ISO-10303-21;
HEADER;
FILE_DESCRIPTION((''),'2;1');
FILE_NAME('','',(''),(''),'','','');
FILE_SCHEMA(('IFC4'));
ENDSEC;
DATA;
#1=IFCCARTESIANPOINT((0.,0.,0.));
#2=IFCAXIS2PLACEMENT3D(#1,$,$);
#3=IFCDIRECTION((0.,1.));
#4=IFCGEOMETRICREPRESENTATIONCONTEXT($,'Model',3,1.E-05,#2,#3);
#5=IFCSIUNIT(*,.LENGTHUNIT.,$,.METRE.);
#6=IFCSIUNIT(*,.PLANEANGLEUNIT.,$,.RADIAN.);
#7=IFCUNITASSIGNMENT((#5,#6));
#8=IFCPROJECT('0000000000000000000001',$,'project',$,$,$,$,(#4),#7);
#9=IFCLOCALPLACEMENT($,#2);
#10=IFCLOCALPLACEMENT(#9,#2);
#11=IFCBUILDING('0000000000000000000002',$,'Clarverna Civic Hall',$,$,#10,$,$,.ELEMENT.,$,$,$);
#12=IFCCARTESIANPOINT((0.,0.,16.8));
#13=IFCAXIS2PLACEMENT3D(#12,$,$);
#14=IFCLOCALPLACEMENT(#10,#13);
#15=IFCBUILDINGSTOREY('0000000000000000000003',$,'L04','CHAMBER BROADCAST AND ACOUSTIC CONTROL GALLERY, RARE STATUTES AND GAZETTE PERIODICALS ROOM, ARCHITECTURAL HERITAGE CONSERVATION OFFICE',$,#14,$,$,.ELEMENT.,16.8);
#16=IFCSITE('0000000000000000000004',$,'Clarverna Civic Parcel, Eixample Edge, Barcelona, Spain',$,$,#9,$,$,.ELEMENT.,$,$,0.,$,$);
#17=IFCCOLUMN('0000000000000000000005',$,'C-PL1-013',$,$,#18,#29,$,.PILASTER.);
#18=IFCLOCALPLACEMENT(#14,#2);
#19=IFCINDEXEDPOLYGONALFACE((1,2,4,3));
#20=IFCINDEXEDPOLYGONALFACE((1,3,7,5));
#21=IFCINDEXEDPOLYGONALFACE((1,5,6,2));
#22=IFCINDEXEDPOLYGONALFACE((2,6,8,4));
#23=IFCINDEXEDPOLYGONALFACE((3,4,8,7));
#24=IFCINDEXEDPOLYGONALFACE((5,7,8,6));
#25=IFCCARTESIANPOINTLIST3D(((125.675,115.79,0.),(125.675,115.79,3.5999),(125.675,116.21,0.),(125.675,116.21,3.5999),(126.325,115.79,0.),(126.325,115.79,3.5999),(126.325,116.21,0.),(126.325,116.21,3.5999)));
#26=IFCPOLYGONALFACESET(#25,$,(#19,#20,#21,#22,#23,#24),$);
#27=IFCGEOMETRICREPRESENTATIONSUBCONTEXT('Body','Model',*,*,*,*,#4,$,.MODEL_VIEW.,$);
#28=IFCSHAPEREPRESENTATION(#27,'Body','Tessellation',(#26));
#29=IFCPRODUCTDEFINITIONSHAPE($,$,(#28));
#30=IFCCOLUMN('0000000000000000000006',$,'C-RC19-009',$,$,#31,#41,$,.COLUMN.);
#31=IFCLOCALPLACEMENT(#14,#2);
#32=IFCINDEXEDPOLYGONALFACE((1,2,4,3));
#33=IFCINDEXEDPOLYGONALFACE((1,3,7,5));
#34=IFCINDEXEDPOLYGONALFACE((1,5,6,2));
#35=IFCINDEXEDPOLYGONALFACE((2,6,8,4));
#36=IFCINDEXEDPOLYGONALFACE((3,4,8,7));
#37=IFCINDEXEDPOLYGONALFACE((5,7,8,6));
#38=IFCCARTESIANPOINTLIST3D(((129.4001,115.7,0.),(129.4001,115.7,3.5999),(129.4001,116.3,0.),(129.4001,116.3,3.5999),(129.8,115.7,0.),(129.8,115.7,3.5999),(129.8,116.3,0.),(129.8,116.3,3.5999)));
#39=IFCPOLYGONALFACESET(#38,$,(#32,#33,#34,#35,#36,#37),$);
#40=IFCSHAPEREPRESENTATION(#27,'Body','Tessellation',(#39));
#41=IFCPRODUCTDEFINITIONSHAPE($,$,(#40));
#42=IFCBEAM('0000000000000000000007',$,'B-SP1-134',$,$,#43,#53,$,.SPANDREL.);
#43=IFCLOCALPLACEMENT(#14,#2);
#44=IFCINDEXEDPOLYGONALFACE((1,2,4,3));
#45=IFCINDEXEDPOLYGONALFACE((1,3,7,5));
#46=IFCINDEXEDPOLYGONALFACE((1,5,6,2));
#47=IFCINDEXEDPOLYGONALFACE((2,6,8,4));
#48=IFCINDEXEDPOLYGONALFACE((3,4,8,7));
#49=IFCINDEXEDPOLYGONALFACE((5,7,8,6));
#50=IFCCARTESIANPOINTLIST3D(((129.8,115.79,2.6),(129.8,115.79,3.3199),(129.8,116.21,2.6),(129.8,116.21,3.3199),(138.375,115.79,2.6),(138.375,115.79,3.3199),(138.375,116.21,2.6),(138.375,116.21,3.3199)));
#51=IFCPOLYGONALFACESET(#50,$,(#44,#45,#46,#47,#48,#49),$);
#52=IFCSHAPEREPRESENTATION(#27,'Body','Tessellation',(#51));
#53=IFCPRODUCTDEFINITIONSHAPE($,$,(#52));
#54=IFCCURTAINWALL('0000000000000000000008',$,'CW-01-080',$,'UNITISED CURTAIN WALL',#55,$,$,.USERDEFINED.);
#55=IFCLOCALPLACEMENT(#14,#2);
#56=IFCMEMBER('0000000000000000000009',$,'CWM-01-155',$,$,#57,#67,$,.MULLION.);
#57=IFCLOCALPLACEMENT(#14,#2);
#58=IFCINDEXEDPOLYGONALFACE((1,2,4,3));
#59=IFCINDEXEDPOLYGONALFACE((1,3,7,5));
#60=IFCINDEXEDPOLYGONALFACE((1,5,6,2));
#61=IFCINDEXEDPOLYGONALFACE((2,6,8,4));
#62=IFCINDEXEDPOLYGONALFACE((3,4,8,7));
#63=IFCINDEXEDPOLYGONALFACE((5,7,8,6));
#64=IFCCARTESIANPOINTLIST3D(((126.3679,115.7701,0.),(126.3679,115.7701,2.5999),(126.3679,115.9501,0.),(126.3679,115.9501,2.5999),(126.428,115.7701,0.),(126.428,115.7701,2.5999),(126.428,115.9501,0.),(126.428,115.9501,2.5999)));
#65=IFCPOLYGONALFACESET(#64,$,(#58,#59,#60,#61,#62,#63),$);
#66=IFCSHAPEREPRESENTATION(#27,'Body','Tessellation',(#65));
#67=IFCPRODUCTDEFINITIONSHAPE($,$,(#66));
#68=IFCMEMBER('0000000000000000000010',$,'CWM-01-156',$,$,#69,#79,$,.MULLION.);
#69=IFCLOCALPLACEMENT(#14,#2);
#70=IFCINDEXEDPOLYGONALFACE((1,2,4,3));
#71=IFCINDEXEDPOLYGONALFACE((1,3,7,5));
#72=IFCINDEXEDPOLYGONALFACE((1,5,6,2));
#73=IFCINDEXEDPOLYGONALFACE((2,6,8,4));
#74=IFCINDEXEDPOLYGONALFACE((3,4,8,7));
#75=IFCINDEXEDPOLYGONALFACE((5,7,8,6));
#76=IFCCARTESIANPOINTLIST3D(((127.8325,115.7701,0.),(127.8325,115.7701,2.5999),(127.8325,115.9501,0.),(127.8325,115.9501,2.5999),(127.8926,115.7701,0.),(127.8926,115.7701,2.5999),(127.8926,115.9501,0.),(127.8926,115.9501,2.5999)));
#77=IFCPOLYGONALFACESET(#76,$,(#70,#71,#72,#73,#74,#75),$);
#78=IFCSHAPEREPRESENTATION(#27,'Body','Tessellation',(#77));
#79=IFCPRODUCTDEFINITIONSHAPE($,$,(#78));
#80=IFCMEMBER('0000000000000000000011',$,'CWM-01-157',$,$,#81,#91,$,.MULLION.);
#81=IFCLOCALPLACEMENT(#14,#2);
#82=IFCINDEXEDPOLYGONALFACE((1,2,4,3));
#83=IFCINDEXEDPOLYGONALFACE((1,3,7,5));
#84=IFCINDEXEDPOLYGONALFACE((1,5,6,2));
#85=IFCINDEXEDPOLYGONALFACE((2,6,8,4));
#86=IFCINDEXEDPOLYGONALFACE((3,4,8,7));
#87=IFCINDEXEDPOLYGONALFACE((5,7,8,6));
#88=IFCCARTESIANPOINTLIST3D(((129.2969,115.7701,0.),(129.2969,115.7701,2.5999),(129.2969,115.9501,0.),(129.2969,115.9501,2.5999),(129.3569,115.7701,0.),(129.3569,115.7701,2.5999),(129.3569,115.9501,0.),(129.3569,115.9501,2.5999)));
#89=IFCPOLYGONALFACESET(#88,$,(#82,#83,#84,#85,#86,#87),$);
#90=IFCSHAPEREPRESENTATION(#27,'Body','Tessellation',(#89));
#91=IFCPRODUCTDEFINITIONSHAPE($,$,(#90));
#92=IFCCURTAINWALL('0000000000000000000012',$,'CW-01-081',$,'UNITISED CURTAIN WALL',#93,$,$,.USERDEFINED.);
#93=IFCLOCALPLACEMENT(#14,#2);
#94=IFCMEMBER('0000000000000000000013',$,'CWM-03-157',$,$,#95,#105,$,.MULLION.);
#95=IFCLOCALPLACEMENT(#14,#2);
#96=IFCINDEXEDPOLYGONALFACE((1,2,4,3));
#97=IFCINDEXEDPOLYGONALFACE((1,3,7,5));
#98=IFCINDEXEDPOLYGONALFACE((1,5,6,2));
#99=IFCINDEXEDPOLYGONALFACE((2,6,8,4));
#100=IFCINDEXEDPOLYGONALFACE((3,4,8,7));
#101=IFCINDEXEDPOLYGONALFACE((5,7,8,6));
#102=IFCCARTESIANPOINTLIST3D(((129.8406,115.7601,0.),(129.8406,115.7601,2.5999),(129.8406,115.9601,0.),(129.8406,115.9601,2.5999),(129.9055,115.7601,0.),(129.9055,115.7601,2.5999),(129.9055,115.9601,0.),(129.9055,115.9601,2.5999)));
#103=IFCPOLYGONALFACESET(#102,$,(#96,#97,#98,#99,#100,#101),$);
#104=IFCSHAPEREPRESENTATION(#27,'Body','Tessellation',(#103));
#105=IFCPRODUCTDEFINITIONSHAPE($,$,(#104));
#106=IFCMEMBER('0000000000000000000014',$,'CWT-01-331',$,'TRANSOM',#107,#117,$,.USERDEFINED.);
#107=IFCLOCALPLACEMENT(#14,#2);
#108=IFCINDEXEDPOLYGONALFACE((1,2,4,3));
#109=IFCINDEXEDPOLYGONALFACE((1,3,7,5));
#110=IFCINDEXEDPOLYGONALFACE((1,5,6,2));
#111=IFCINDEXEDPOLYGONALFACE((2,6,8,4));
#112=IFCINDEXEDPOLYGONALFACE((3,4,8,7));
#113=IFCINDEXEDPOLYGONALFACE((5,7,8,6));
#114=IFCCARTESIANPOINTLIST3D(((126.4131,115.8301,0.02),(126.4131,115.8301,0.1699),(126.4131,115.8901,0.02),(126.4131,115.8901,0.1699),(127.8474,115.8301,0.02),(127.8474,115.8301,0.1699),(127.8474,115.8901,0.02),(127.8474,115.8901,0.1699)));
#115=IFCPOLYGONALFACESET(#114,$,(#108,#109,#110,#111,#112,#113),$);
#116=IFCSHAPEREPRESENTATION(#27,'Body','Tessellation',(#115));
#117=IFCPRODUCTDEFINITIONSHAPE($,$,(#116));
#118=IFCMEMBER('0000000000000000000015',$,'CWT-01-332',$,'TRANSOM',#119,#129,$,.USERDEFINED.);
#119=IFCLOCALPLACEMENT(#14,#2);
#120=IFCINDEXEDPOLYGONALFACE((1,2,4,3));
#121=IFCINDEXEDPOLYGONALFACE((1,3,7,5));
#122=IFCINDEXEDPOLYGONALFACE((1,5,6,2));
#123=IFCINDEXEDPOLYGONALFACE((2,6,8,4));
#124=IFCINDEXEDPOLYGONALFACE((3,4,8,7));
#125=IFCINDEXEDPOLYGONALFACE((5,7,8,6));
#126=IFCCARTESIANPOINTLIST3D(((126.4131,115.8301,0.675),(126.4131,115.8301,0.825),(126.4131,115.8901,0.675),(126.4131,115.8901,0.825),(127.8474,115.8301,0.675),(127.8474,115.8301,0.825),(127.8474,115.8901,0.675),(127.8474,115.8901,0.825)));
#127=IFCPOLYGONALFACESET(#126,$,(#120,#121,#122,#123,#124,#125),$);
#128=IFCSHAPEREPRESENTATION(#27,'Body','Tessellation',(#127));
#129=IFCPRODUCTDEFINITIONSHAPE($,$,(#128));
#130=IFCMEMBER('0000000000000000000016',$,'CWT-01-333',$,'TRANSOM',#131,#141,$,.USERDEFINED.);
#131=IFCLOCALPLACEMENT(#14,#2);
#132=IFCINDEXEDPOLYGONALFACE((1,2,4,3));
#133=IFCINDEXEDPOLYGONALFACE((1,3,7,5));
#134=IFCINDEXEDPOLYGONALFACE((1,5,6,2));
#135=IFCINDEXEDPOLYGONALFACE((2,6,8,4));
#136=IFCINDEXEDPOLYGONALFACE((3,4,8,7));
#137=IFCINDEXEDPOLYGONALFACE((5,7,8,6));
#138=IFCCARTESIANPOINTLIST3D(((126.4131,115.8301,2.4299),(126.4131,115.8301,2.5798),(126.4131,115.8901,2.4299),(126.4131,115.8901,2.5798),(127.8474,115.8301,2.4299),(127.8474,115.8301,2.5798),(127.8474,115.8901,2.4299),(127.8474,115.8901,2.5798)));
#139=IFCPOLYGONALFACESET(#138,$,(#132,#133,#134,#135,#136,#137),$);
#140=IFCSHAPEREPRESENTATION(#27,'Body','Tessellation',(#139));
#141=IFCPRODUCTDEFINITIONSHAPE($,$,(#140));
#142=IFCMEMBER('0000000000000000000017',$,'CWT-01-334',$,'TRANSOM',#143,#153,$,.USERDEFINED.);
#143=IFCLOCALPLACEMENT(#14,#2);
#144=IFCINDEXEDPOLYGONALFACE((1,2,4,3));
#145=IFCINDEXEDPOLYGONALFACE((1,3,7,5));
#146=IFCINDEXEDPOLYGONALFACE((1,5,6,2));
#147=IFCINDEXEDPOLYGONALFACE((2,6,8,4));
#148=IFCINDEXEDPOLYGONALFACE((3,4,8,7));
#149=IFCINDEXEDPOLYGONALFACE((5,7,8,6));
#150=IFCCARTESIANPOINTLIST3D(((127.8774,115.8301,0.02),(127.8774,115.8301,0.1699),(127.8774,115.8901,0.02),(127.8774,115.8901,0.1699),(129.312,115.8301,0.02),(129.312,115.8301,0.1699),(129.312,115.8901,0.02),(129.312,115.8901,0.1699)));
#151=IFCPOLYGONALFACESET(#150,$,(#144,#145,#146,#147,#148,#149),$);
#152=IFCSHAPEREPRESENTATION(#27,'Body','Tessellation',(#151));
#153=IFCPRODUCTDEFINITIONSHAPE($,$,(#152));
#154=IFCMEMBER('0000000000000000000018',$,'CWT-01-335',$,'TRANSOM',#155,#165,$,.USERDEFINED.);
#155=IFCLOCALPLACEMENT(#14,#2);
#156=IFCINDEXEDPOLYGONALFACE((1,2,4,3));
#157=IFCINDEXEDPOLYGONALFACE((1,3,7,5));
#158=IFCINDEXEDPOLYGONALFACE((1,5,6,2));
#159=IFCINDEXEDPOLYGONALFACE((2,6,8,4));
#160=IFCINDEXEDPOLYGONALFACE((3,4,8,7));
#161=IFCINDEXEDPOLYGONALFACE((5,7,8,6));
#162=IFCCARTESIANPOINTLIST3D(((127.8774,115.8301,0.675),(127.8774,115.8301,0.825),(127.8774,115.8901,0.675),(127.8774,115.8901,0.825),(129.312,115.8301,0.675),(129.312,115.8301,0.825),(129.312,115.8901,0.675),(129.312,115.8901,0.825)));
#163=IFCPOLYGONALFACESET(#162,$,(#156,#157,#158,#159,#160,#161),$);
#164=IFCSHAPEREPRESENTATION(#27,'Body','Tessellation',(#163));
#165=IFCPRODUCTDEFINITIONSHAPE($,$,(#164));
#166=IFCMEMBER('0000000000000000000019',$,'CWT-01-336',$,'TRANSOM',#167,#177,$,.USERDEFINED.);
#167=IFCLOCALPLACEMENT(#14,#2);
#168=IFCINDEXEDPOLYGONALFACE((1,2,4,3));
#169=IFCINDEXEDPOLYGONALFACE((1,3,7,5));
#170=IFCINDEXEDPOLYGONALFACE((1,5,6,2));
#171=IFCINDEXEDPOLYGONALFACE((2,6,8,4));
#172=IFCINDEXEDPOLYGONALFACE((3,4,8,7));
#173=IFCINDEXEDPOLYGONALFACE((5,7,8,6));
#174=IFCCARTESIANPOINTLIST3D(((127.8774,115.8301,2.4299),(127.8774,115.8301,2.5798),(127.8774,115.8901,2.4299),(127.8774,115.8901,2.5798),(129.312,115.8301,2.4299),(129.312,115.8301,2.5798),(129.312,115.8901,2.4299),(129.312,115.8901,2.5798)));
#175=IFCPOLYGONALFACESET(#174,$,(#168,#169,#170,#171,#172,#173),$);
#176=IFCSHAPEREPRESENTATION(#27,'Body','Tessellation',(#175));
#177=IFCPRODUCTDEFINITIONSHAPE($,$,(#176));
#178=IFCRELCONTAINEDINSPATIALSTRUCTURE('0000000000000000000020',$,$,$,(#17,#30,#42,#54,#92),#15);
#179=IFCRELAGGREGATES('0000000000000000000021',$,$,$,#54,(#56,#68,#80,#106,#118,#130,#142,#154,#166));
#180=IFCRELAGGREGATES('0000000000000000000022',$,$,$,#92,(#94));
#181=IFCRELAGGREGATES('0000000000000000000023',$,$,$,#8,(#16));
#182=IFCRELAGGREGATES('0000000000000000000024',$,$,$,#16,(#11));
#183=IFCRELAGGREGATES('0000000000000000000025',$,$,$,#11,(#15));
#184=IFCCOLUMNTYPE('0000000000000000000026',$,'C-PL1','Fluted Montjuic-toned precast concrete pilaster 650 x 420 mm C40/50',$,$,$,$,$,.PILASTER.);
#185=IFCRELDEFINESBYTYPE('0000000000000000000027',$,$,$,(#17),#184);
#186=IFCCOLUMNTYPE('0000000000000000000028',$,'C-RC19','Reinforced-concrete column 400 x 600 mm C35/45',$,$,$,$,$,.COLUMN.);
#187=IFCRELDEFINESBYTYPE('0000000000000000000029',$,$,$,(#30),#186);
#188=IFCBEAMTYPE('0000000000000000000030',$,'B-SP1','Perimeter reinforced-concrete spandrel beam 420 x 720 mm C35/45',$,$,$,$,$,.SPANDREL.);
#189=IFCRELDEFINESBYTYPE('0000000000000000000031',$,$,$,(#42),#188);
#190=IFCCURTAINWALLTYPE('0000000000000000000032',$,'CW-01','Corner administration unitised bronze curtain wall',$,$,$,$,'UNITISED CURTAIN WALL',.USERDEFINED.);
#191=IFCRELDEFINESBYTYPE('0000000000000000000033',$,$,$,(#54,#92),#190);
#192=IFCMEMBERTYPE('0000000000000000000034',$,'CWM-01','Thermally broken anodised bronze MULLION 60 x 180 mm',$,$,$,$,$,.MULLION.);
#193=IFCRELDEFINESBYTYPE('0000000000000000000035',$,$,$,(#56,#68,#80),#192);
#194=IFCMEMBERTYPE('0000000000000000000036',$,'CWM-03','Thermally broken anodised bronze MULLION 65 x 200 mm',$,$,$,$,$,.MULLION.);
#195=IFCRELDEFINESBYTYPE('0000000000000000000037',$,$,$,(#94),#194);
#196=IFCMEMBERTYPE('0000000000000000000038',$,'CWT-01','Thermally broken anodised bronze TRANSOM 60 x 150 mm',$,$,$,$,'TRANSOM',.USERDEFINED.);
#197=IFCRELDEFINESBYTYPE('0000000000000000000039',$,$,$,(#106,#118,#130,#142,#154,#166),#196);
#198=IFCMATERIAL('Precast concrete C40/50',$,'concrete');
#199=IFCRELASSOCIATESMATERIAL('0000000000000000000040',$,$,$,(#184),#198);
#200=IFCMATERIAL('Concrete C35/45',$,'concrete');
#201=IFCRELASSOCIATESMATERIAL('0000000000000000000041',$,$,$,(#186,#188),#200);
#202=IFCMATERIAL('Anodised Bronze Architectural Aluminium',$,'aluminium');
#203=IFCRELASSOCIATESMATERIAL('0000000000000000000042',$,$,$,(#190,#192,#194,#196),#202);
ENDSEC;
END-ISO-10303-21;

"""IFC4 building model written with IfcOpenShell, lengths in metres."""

from ifc_helpers import new_model, si_unit, direction, frame, origin, origin_2d, place, context, subcontext, project, spatial, rectangle, extrude, material, material_profile, profile_set, type_object, element, aggregate, save


model = new_model("IFC4")

# Units and contexts
model_context = context("Model", 3, precision=1e-05, world=origin(), true_north=direction((0.0, 1.0)))
body_context = subcontext(model_context, "Body", "Model", "MODEL_VIEW")
ifc_project = project(units=[si_unit("LENGTHUNIT", "METRE"), si_unit("PLANEANGLEUNIT", "RADIAN")], contexts=[model_context])

# Site, building, storey
site_placement = place(None, origin())
site = spatial("IfcSite", under=ifc_project, at=site_placement, Name="Clarverna Civic Parcel, Eixample Edge, Barcelona, Spain", CompositionType="ELEMENT", RefElevation=0.0)
building_placement = place(site_placement, origin())
building = spatial("IfcBuilding", under=site, at=building_placement, Name="Clarverna Civic Hall", CompositionType="ELEMENT")
storey_placement = place(building_placement, frame((0.0, 0.0, 16.8)))
storey = spatial("IfcBuildingStorey", under=building, at=storey_placement, Name="L04", Description="CHAMBER BROADCAST AND ACOUSTIC CONTROL GALLERY, RARE STATUTES AND GAZETTE PERIODICALS ROOM, ARCHITECTURAL HERITAGE CONSERVATION OFFICE", CompositionType="ELEMENT", Elevation=16.8)

# Columns
ifc_material_1 = material(Name="Precast concrete C40/50", Category="concrete")
ifc_material_profile_1 = material_profile(ifc_material_1, rectangle(XDim=0.6499, YDim=0.4199, at=origin_2d()), Name="PILASTER 650x420")
ifc_profile_set_1 = profile_set([ifc_material_profile_1], Name="Precast concrete C40/50")
column_type_1 = type_object("IfcColumnType", Name="C-PL1", Description="Fluted Montjuic-toned precast concrete pilaster 650 x 420 mm C40/50", PredefinedType="PILASTER", material=ifc_profile_set_1)
column_1_placement = place(storey_placement, frame((126.0, 116.0, 0.0), z_axis=(0.0, 0.0, 1.0), x_axis=(1.0, 0.0, 0.0)))
element("IfcColumn", 1, at=column_1_placement, inside=storey, type_object=column_type_1, Name="C-PL1-013", PredefinedType="PILASTER", context=body_context, shape_type="SweptSolid", body=[
    extrude(rectangle(XDim=0.6499, YDim=0.4199, at=origin_2d()), origin(), (0.0, 0.0, 1.0), 3.5999),
])
ifc_material_2 = material(Name="Concrete C35/45", Category="concrete")
ifc_material_profile_2 = material_profile(ifc_material_2, rectangle(XDim=0.3999, YDim=0.6001, at=origin_2d()), Name="RC 400x600")
ifc_profile_set_2 = profile_set([ifc_material_profile_2], Name="Concrete C35/45")
column_type_2 = type_object("IfcColumnType", Name="C-RC19", Description="Reinforced-concrete column 400 x 600 mm C35/45", PredefinedType="COLUMN", material=ifc_profile_set_2)
column_2_placement = place(storey_placement, frame((129.6001, 116.0, 0.0), z_axis=(0.0, 0.0, 1.0), x_axis=(1.0, 0.0, 0.0)))
element("IfcColumn", 2, at=column_2_placement, inside=storey, type_object=column_type_2, Name="C-RC19-009", PredefinedType="COLUMN", context=body_context, shape_type="SweptSolid", body=[
    extrude(rectangle(XDim=0.3999, YDim=0.6001, at=origin_2d()), origin(), (0.0, 0.0, 1.0), 3.5999),
])

# Beam
ifc_material_profile_3 = material_profile(ifc_material_2, rectangle(XDim=0.4199, YDim=0.72, at=origin_2d()), Name="RC 420x720")
ifc_profile_set_3 = profile_set([ifc_material_profile_3], Name="Concrete C35/45")
beam_type = type_object("IfcBeamType", Name="B-SP1", Description="Perimeter reinforced-concrete spandrel beam 420 x 720 mm C35/45", PredefinedType="SPANDREL", material=ifc_profile_set_3)
beam_placement = place(storey_placement, frame((129.8, 116.0, 2.96), z_axis=(1.0, 0.0, 0.0), x_axis=(0.0, 1.0, 0.0)))
element("IfcBeam", 3, at=beam_placement, inside=storey, type_object=beam_type, Name="B-SP1-134", PredefinedType="SPANDREL", context=body_context, shape_type="SweptSolid", body=[
    extrude(rectangle(XDim=0.4199, YDim=0.72, at=origin_2d()), origin(), (0.0, 0.0, 1.0), 8.575),
])

# Curtain wall, members
ifc_material_3 = material(Name="Anodised Bronze Architectural Aluminium", Category="aluminium")
curtain_wall_type = type_object("IfcCurtainWallType", Name="CW-01", Description="Corner administration unitised bronze curtain wall", ElementType="UNITISED CURTAIN WALL", PredefinedType="USERDEFINED", material=ifc_material_3)
curtain_wall_1_placement = place(storey_placement, origin())
curtain_wall_1 = element("IfcCurtainWall", 4, at=curtain_wall_1_placement, inside=storey, type_object=curtain_wall_type, Name="CW-01-080", ObjectType="UNITISED CURTAIN WALL", PredefinedType="USERDEFINED")
ifc_material_profile_4 = material_profile(ifc_material_3, rectangle(XDim=0.0601, YDim=0.1799, at=origin_2d()), Name="BRONZE 60x180")
ifc_profile_set_4 = profile_set([ifc_material_profile_4], Name="Anodised Bronze Architectural Aluminium")
member_type_1 = type_object("IfcMemberType", Name="CWM-01", Description="Thermally broken anodised bronze MULLION 60 x 180 mm", PredefinedType="MULLION", material=ifc_profile_set_4)
member_1_placement = place(storey_placement, frame((126.3979, 115.8601, 0.0), z_axis=(0.0, 0.0, 1.0), x_axis=(1.0, 0.0, 0.0)))
member_1 = element("IfcMember", 5, at=member_1_placement, type_object=member_type_1, Name="CWM-01-155", PredefinedType="MULLION", context=body_context, shape_type="SweptSolid", body=[
    extrude(rectangle(XDim=0.0601, YDim=0.1799, at=origin_2d()), origin(), (0.0, 0.0, 1.0), 2.5999),
])
member_2_placement = place(storey_placement, frame((127.8625, 115.8601, 0.0), z_axis=(0.0, 0.0, 1.0), x_axis=(1.0, 0.0, 0.0)))
member_2 = element("IfcMember", 6, at=member_2_placement, type_object=member_type_1, Name="CWM-01-156", PredefinedType="MULLION", context=body_context, shape_type="SweptSolid", body=[
    extrude(rectangle(XDim=0.0601, YDim=0.1799, at=origin_2d()), origin(), (0.0, 0.0, 1.0), 2.5999),
])
member_3_placement = place(storey_placement, frame((129.3269, 115.8601, 0.0), z_axis=(0.0, 0.0, 1.0), x_axis=(1.0, 0.0, 0.0)))
member_3 = element("IfcMember", 7, at=member_3_placement, type_object=member_type_1, Name="CWM-01-157", PredefinedType="MULLION", context=body_context, shape_type="SweptSolid", body=[
    extrude(rectangle(XDim=0.0601, YDim=0.1799, at=origin_2d()), origin(), (0.0, 0.0, 1.0), 2.5999),
])

# Curtain wall, member
curtain_wall_2_placement = place(storey_placement, origin())
curtain_wall_2 = element("IfcCurtainWall", 8, at=curtain_wall_2_placement, inside=storey, type_object=curtain_wall_type, Name="CW-01-081", ObjectType="UNITISED CURTAIN WALL", PredefinedType="USERDEFINED")
ifc_material_profile_5 = material_profile(ifc_material_3, rectangle(XDim=0.0649, YDim=0.2, at=origin_2d()), Name="BRONZE 65x200")
ifc_profile_set_5 = profile_set([ifc_material_profile_5], Name="Anodised Bronze Architectural Aluminium")
member_type_2 = type_object("IfcMemberType", Name="CWM-03", Description="Thermally broken anodised bronze MULLION 65 x 200 mm", PredefinedType="MULLION", material=ifc_profile_set_5)
member_4_placement = place(storey_placement, frame((129.873, 115.8601, 0.0), z_axis=(0.0, 0.0, 1.0), x_axis=(1.0, 0.0, 0.0)))
member_4 = element("IfcMember", 9, at=member_4_placement, type_object=member_type_2, Name="CWM-03-157", PredefinedType="MULLION", context=body_context, shape_type="SweptSolid", body=[
    extrude(rectangle(XDim=0.0649, YDim=0.2, at=origin_2d()), origin(), (0.0, 0.0, 1.0), 2.5999),
])

# Members
ifc_material_profile_6 = material_profile(ifc_material_3, rectangle(XDim=0.0601, YDim=0.1499, at=origin_2d()), Name="BRONZE 60x150")
ifc_profile_set_6 = profile_set([ifc_material_profile_6], Name="Anodised Bronze Architectural Aluminium")
member_type_3 = type_object("IfcMemberType", Name="CWT-01", Description="Thermally broken anodised bronze TRANSOM 60 x 150 mm", ElementType="TRANSOM", PredefinedType="USERDEFINED", material=ifc_profile_set_6)
member_5_placement = place(storey_placement, frame((126.4131, 115.8601, 0.095), z_axis=(1.0, 0.0, 0.0), x_axis=(0.0, 1.0, 0.0)))
member_5 = element("IfcMember", 10, at=member_5_placement, type_object=member_type_3, Name="CWT-01-331", ObjectType="TRANSOM", PredefinedType="USERDEFINED", context=body_context, shape_type="SweptSolid", body=[
    extrude(rectangle(XDim=0.0601, YDim=0.1499, at=origin_2d()), origin(), (0.0, 0.0, 1.0), 1.4343),
])
member_6_placement = place(storey_placement, frame((126.4131, 115.8601, 0.75), z_axis=(1.0, 0.0, 0.0), x_axis=(0.0, 1.0, 0.0)))
member_6 = element("IfcMember", 11, at=member_6_placement, type_object=member_type_3, Name="CWT-01-332", ObjectType="TRANSOM", PredefinedType="USERDEFINED", context=body_context, shape_type="SweptSolid", body=[
    extrude(rectangle(XDim=0.0601, YDim=0.1499, at=origin_2d()), origin(), (0.0, 0.0, 1.0), 1.4343),
])
member_7_placement = place(storey_placement, frame((126.4131, 115.8601, 2.5049), z_axis=(1.0, 0.0, 0.0), x_axis=(0.0, 1.0, 0.0)))
member_7 = element("IfcMember", 12, at=member_7_placement, type_object=member_type_3, Name="CWT-01-333", ObjectType="TRANSOM", PredefinedType="USERDEFINED", context=body_context, shape_type="SweptSolid", body=[
    extrude(rectangle(XDim=0.0601, YDim=0.1499, at=origin_2d()), origin(), (0.0, 0.0, 1.0), 1.4343),
])
member_8_placement = place(storey_placement, frame((127.8774, 115.8601, 0.095), z_axis=(1.0, 0.0, 0.0), x_axis=(0.0, 1.0, 0.0)))
member_8 = element("IfcMember", 13, at=member_8_placement, type_object=member_type_3, Name="CWT-01-334", ObjectType="TRANSOM", PredefinedType="USERDEFINED", context=body_context, shape_type="SweptSolid", body=[
    extrude(rectangle(XDim=0.0601, YDim=0.1499, at=origin_2d()), origin(), (0.0, 0.0, 1.0), 1.4346),
])
member_9_placement = place(storey_placement, frame((127.8774, 115.8601, 0.75), z_axis=(1.0, 0.0, 0.0), x_axis=(0.0, 1.0, 0.0)))
member_9 = element("IfcMember", 14, at=member_9_placement, type_object=member_type_3, Name="CWT-01-335", ObjectType="TRANSOM", PredefinedType="USERDEFINED", context=body_context, shape_type="SweptSolid", body=[
    extrude(rectangle(XDim=0.0601, YDim=0.1499, at=origin_2d()), origin(), (0.0, 0.0, 1.0), 1.4346),
])
member_10_placement = place(storey_placement, frame((127.8774, 115.8601, 2.5049), z_axis=(1.0, 0.0, 0.0), x_axis=(0.0, 1.0, 0.0)))
member_10 = element("IfcMember", 15, at=member_10_placement, type_object=member_type_3, Name="CWT-01-336", ObjectType="TRANSOM", PredefinedType="USERDEFINED", context=body_context, shape_type="SweptSolid", body=[
    extrude(rectangle(XDim=0.0601, YDim=0.1499, at=origin_2d()), origin(), (0.0, 0.0, 1.0), 1.4346),
])

aggregate(curtain_wall_1, [member_1, member_2, member_3, member_5, member_6, member_7, member_8, member_9, member_10])
aggregate(curtain_wall_2, [member_4])

save(model, "model.ifc")
